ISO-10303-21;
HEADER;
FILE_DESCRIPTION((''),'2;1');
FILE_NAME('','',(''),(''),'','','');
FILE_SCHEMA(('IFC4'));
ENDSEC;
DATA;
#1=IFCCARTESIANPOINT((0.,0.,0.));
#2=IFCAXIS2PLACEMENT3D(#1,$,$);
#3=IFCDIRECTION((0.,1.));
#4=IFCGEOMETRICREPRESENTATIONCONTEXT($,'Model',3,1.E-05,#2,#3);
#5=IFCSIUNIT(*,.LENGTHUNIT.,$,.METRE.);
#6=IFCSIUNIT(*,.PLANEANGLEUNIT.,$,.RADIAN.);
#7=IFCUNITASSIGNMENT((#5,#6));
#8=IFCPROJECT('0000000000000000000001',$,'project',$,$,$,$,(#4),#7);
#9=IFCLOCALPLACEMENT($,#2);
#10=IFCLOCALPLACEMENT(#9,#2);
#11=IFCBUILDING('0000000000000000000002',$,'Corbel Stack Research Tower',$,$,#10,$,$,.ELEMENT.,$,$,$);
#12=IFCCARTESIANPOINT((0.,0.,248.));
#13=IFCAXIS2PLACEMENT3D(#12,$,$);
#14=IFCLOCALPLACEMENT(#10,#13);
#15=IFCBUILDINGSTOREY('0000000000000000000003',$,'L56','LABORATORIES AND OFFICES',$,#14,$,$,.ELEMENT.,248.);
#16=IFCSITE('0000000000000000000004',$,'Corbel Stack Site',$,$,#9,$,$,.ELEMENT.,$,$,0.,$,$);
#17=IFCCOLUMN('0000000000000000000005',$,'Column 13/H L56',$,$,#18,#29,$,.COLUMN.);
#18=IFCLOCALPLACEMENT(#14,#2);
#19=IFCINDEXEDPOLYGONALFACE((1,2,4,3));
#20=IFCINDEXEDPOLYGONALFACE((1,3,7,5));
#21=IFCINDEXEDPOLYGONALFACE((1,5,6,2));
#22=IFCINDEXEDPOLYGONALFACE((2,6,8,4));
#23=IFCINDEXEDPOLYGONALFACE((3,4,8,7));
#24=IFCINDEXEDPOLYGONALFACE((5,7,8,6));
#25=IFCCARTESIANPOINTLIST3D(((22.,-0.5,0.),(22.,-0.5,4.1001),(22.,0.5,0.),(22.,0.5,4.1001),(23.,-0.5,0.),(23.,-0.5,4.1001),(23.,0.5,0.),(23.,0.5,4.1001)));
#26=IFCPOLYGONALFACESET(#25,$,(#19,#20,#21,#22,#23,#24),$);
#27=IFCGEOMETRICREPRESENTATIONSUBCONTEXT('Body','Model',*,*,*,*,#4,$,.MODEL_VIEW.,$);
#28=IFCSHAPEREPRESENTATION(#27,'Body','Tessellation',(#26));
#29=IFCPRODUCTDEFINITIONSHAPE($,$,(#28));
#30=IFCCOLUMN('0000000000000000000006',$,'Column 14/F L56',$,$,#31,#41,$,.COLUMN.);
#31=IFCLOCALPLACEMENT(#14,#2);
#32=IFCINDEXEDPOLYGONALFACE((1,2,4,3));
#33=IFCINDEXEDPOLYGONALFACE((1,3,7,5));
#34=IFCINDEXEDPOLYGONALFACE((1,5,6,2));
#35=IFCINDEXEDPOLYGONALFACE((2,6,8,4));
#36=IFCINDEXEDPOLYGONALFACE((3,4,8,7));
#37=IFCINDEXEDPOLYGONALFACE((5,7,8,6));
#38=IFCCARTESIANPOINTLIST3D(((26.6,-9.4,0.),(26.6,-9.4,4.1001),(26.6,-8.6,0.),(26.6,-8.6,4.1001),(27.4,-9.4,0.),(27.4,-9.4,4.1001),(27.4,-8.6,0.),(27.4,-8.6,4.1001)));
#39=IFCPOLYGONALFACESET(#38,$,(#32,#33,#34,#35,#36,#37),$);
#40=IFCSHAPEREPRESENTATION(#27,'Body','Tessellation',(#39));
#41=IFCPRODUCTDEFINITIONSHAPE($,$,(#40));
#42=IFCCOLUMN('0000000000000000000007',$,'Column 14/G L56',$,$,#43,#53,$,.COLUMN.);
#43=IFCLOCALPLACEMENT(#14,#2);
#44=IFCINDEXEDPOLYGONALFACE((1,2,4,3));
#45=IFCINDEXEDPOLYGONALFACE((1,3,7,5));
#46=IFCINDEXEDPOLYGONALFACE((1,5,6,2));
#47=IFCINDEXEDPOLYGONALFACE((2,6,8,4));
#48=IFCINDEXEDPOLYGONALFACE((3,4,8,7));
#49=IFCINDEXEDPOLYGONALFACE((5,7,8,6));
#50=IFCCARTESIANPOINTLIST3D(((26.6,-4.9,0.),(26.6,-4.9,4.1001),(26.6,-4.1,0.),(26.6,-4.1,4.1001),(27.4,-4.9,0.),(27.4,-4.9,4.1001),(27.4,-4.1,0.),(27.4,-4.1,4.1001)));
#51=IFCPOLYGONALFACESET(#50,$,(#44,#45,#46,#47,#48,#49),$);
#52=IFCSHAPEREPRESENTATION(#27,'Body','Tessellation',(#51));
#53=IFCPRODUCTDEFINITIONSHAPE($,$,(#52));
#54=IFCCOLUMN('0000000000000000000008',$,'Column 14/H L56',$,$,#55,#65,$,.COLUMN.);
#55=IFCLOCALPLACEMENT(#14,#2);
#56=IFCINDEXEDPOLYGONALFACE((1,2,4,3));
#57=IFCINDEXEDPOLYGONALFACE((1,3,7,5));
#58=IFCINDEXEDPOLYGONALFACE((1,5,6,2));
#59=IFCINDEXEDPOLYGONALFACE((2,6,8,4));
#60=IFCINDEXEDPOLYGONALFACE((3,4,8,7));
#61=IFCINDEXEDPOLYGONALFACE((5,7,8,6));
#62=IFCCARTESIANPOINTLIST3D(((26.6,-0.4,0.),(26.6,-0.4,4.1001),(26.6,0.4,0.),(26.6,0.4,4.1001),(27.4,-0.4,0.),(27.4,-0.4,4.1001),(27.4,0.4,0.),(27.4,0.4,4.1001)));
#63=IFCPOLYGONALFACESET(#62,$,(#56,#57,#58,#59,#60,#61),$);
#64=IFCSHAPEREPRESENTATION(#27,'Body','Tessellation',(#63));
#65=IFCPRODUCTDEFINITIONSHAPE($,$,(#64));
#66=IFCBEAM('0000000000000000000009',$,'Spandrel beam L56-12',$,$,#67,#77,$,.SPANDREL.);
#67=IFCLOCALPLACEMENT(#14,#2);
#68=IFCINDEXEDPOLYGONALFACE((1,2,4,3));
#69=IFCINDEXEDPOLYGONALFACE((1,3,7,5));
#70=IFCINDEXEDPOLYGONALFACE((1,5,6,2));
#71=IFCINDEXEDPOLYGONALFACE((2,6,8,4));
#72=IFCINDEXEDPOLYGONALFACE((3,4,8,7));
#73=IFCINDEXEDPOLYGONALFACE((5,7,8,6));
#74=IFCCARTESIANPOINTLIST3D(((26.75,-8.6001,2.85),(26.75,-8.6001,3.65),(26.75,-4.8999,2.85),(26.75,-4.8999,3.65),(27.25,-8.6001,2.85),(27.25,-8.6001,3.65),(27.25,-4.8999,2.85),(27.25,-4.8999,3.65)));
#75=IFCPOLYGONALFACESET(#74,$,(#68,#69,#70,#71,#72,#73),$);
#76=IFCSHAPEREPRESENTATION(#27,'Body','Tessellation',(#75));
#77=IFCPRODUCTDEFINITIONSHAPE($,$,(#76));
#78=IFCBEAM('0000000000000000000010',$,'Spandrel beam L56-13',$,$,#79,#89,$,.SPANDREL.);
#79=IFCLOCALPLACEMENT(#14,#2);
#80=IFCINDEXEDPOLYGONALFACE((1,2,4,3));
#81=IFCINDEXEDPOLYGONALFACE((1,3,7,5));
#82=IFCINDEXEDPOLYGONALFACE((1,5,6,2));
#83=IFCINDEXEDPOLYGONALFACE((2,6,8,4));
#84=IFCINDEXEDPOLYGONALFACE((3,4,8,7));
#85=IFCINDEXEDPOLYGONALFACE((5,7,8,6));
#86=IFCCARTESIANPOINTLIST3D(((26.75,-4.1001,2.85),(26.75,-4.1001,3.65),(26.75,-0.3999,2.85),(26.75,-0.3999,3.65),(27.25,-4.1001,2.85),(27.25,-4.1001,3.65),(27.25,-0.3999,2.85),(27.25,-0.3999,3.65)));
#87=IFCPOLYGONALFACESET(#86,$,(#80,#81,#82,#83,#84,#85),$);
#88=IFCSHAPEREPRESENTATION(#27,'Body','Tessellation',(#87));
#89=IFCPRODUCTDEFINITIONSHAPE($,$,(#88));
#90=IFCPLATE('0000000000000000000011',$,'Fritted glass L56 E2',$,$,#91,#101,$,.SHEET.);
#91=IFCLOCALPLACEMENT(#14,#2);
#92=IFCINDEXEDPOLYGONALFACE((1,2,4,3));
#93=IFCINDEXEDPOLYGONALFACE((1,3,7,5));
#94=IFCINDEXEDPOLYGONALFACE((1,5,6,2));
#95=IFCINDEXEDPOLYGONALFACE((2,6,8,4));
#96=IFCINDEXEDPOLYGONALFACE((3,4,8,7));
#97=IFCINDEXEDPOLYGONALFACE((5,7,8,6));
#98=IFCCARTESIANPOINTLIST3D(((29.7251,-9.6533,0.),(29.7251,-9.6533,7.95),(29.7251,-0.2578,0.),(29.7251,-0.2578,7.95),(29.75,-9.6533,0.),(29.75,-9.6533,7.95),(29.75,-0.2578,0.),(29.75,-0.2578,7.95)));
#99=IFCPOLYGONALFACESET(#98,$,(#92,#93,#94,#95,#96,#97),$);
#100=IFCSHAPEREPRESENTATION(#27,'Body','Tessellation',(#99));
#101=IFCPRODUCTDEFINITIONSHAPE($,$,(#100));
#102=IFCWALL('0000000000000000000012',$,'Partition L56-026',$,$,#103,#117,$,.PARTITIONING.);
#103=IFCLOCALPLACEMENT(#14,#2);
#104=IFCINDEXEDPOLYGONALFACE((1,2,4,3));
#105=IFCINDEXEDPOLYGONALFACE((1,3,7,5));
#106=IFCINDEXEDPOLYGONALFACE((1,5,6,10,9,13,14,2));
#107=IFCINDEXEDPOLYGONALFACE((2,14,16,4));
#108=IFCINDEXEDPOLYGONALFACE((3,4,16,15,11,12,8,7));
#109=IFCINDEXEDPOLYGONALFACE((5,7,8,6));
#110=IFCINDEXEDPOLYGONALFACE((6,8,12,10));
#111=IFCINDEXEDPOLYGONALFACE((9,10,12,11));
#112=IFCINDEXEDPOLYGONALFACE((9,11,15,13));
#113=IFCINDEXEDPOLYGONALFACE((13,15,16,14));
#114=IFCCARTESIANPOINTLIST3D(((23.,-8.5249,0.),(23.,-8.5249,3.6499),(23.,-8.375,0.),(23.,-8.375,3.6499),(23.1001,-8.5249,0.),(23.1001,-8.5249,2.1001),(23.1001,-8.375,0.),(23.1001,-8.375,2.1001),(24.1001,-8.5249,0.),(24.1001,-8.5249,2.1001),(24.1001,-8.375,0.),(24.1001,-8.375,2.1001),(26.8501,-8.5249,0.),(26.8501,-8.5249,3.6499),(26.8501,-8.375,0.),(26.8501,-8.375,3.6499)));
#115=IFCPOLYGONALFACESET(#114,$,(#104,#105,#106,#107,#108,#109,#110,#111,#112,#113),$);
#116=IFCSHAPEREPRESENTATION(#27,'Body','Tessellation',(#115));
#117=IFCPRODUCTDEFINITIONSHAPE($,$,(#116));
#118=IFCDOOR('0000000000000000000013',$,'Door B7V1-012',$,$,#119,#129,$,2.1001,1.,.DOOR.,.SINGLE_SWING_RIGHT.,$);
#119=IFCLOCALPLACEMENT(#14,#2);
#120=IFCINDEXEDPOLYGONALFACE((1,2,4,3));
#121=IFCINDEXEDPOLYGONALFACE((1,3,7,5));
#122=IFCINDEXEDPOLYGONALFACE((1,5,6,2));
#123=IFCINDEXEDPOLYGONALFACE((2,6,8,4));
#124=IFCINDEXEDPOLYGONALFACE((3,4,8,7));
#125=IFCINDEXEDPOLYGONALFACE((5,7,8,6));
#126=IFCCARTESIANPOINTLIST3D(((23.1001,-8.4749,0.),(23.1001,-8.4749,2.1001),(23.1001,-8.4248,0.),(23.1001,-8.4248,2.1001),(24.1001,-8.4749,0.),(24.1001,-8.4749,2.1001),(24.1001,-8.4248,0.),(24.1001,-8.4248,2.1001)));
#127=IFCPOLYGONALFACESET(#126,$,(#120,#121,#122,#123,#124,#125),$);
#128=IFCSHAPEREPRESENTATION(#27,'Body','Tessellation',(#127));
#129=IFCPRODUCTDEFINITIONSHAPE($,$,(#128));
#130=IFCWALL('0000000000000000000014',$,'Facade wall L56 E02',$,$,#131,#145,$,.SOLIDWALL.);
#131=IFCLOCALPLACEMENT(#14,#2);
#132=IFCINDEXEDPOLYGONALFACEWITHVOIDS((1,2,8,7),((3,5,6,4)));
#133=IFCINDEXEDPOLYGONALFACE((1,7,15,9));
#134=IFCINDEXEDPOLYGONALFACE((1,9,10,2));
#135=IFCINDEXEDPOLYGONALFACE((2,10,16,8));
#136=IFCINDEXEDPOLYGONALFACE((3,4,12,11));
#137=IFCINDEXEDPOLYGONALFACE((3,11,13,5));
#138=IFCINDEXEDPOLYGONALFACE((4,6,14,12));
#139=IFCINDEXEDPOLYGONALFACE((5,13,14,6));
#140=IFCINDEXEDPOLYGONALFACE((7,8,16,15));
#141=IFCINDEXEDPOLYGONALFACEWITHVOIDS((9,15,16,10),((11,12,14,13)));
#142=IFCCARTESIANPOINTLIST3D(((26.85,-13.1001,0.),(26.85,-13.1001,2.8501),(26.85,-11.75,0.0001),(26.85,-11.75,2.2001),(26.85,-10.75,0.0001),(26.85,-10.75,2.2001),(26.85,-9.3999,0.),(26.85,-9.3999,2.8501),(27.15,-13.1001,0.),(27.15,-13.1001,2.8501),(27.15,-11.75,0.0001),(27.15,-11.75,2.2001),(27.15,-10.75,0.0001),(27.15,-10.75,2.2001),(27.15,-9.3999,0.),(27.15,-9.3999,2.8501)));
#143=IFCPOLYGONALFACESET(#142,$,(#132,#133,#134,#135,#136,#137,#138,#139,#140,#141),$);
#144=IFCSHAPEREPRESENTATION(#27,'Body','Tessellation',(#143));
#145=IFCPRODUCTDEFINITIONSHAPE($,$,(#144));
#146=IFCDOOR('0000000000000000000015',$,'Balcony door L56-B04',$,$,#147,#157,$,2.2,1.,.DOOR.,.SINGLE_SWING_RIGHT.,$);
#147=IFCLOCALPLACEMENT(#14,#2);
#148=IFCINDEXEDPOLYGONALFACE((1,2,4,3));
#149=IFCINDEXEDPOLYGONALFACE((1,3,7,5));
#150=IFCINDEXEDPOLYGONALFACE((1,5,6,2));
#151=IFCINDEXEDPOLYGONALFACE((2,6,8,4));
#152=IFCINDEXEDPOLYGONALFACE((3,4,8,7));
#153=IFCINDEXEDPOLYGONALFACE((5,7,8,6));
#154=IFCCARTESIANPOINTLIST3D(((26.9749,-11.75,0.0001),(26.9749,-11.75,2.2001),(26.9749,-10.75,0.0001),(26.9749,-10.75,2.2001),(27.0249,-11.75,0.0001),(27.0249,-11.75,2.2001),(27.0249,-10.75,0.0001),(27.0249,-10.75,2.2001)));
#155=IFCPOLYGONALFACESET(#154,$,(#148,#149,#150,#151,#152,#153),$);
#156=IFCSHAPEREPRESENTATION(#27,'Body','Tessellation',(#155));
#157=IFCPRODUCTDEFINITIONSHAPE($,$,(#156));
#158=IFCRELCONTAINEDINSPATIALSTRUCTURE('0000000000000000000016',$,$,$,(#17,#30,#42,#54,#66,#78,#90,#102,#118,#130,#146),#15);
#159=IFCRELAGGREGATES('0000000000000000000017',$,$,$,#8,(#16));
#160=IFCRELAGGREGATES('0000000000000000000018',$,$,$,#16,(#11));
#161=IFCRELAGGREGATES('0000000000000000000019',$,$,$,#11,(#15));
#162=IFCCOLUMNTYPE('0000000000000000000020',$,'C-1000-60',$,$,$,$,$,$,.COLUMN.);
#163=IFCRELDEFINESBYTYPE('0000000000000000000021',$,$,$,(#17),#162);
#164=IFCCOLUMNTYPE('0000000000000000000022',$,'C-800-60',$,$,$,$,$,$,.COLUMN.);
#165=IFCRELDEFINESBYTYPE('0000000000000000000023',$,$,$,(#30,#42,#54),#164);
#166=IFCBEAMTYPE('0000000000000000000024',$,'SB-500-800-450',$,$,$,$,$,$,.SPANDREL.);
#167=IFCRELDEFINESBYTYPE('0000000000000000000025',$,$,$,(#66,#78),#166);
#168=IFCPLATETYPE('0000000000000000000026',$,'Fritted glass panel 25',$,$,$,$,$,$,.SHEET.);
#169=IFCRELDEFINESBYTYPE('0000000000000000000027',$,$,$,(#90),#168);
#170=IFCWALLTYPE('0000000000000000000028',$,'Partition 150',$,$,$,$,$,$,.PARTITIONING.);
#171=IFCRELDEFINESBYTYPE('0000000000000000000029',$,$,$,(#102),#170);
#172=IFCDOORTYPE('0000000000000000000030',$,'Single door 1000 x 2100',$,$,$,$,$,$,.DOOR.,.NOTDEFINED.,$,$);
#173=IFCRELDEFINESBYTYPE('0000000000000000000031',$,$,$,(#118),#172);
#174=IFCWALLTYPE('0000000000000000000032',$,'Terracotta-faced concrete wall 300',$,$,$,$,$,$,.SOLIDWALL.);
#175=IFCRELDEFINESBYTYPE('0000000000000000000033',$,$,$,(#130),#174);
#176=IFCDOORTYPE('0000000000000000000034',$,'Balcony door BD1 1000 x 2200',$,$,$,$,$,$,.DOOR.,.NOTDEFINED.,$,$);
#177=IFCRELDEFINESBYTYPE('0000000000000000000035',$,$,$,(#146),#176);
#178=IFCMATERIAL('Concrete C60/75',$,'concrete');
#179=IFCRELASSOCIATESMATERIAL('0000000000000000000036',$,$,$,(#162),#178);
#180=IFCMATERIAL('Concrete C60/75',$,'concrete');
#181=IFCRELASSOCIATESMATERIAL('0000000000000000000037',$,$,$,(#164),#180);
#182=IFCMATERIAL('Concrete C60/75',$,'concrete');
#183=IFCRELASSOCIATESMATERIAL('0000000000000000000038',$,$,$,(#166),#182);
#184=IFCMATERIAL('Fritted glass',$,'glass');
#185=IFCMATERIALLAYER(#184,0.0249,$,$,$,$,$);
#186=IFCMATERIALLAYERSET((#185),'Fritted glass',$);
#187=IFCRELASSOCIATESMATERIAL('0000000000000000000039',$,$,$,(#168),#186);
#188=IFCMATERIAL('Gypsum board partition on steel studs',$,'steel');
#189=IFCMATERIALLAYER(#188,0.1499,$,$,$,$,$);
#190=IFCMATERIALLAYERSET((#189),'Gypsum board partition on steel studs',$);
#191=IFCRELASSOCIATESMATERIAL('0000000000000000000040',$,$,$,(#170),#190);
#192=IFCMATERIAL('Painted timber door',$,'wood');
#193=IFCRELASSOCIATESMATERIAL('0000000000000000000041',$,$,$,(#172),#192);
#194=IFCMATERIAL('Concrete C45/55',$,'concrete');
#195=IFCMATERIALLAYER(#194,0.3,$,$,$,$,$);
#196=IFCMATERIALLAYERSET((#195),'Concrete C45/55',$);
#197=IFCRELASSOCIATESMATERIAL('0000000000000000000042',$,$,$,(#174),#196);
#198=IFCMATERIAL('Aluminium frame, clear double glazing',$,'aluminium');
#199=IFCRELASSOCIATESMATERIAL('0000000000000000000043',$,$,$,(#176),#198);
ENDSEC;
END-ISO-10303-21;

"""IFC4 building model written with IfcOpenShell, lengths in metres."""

from ifc_helpers import new_model, si_unit, direction, frame, frame_2d, origin, origin_2d, place, context, subcontext, project, spatial, rectangle, extrude, material, layer, layer_set, material_profile, profile_set, type_object, element, fill, save


model = new_model("IFC4")

# Units and contexts
model_context = context("Model", 3, precision=1e-05, world=origin(), true_north=direction((0.0, 1.0)))
body_context = subcontext(model_context, "Body", "Model", "MODEL_VIEW")
ifc_project = project(units=[si_unit("LENGTHUNIT", "METRE"), si_unit("PLANEANGLEUNIT", "RADIAN")], contexts=[model_context])

# Site, building, storey
site_placement = place(None, origin())
site = spatial("IfcSite", under=ifc_project, at=site_placement, Name="Corbel Stack Site", CompositionType="ELEMENT", RefElevation=0.0)
building_placement = place(site_placement, origin())
building = spatial("IfcBuilding", under=site, at=building_placement, Name="Corbel Stack Research Tower", CompositionType="ELEMENT")
storey_placement = place(building_placement, frame((0.0, 0.0, 248.0)))
storey = spatial("IfcBuildingStorey", under=building, at=storey_placement, Name="L56", Description="LABORATORIES AND OFFICES", CompositionType="ELEMENT", Elevation=248.0)

# Columns
ifc_material_1 = material(Name="Concrete C60/75", Category="concrete")
ifc_material_profile_1 = material_profile(ifc_material_1, rectangle(XDim=1.0, YDim=1.0, at=origin_2d()), Name="RC 1000 x 1000")
ifc_profile_set_1 = profile_set([ifc_material_profile_1], Name="Concrete C60/75")
column_type_1 = type_object("IfcColumnType", Name="C-1000-60", PredefinedType="COLUMN", material=ifc_profile_set_1)
column_placement = place(storey_placement, frame((22.5, 0.0, 0.0), z_axis=(0.0, 0.0, 1.0), x_axis=(1.0, 0.0, 0.0)))
element("IfcColumn", 1, at=column_placement, inside=storey, type_object=column_type_1, Name="Column 13/H L56", PredefinedType="COLUMN", context=body_context, shape_type="SweptSolid", body=[
    extrude(rectangle(XDim=1.0, YDim=1.0, at=origin_2d()), origin(), (0.0, 0.0, 1.0), 4.1001),
])
ifc_material_2 = material(Name="Concrete C60/75", Category="concrete")
ifc_material_profile_2 = material_profile(ifc_material_2, rectangle(XDim=0.8, YDim=0.8, at=origin_2d()), Name="RC 800 x 800")
ifc_profile_set_2 = profile_set([ifc_material_profile_2], Name="Concrete C60/75")
column_type_2 = type_object("IfcColumnType", Name="C-800-60", PredefinedType="COLUMN", material=ifc_profile_set_2)
for number, where, z_axis, x_axis, name in (
    (2, (27.0, -9.0, 0.0), (0.0, 0.0, 1.0), (1.0, 0.0, 0.0), "Column 14/F L56"),
    (3, (27.0, -4.5, 0.0), (0.0, 0.0, 1.0), (1.0, 0.0, 0.0), "Column 14/G L56"),
    (4, (27.0, 0.0, 0.0), (0.0, 0.0, 1.0), (1.0, 0.0, 0.0), "Column 14/H L56"),
):
    element("IfcColumn", number, at=place(storey_placement, frame(where, z_axis=z_axis, x_axis=x_axis)), inside=storey, type_object=column_type_2, Name=name, PredefinedType="COLUMN", context=body_context, shape_type="SweptSolid", body=[
        extrude(rectangle(XDim=0.8, YDim=0.8, at=origin_2d()), origin(), (0.0, 0.0, 1.0), 4.1001),
    ])

# Beams
ifc_material_3 = material(Name="Concrete C60/75", Category="concrete")
ifc_material_profile_3 = material_profile(ifc_material_3, rectangle(XDim=0.5, YDim=0.8, at=origin_2d()), Name="RC 500 x 800")
ifc_profile_set_3 = profile_set([ifc_material_profile_3], Name="Concrete C60/75")
beam_type = type_object("IfcBeamType", Name="SB-500-800-450", PredefinedType="SPANDREL", material=ifc_profile_set_3)
for number, where, z_axis, x_axis, name in (
    (5, (27.0, -8.6001, 3.25), (0.0, 1.0, 0.0), (-1.0, 0.0, 0.0), "Spandrel beam L56-12"),
    (6, (27.0, -4.1001, 3.25), (0.0, 1.0, 0.0), (-1.0, 0.0, 0.0), "Spandrel beam L56-13"),
):
    element("IfcBeam", number, at=place(storey_placement, frame(where, z_axis=z_axis, x_axis=x_axis)), inside=storey, type_object=beam_type, Name=name, PredefinedType="SPANDREL", context=body_context, shape_type="SweptSolid", body=[
        extrude(rectangle(XDim=0.5, YDim=0.8, at=origin_2d()), origin(), (0.0, 0.0, 1.0), 3.7002),
    ])

# Plate
ifc_material_4 = material(Name="Fritted glass", Category="glass")
ifc_layer_1 = layer(ifc_material_4, 0.0249)
ifc_layer_set_1 = layer_set([ifc_layer_1], Name="Fritted glass")
plate_type = type_object("IfcPlateType", Name="Fritted glass panel 25", PredefinedType="SHEET", material=ifc_layer_set_1)
plate_placement = place(storey_placement, frame((29.7375, -4.9556, 0.0), z_axis=(0.0, 0.0, 1.0), x_axis=(0.0, 1.0, 0.0)))
element("IfcPlate", 7, at=plate_placement, inside=storey, type_object=plate_type, Name="Fritted glass L56 E2", PredefinedType="SHEET", context=body_context, shape_type="SweptSolid", body=[
    extrude(rectangle(XDim=9.3955, YDim=0.0249, at=origin_2d()), origin(), (0.0, 0.0, 1.0), 7.95),
])

# Walls, openings, doors
ifc_material_5 = material(Name="Gypsum board partition on steel studs", Category="steel")
ifc_layer_2 = layer(ifc_material_5, 0.1499)
ifc_layer_set_2 = layer_set([ifc_layer_2], Name="Gypsum board partition on steel studs")
wall_type_1 = type_object("IfcWallType", Name="Partition 150", PredefinedType="PARTITIONING", material=ifc_layer_set_2)
wall_1_placement = place(storey_placement, frame((26.8501, -8.45, 0.0), z_axis=(0.0, 0.0, 1.0), x_axis=(-1.0, 0.0, 0.0)))
wall_1 = element("IfcWall", 8, at=wall_1_placement, inside=storey, type_object=wall_type_1, Name="Partition L56-026", PredefinedType="PARTITIONING", context=body_context, shape_type="SweptSolid", body=[
    extrude(rectangle(XDim=3.8501, YDim=0.1499, at=frame_2d((1.925, 0.0))), origin(), (0.0, 0.0, 1.0), 3.6499),
])
opening_1_placement = place(wall_1_placement, frame((2.75, 0.0, 0.0)))
opening_1 = element("IfcOpeningElement", 9, at=opening_1_placement, cuts=wall_1, PredefinedType="OPENING", context=body_context, shape_type="SweptSolid", body=[
    extrude(rectangle(XDim=1.0, YDim=2.1001, at=frame_2d((0.5, 1.05))), frame((0.0, 0.085, 0.0), z_axis=(0.0, -1.0, 0.0), x_axis=(1.0, 0.0, 0.0)), (0.0, 0.0, 1.0), 0.1699),
])
ifc_material_6 = material(Name="Painted timber door", Category="wood")
door_type_1 = type_object("IfcDoorType", Name="Single door 1000 x 2100", OperationType="NOTDEFINED", PredefinedType="DOOR", material=ifc_material_6)
door_1_placement = place(opening_1_placement, origin())
door_1 = element("IfcDoor", 10, at=door_1_placement, inside=storey, type_object=door_type_1, Name="Door B7V1-012", OperationType="SINGLE_SWING_RIGHT", OverallHeight=2.1001, OverallWidth=1.0, PredefinedType="DOOR", context=body_context, shape_type="SweptSolid", body=[
    extrude(rectangle(XDim=1.0, YDim=2.1001, at=frame_2d((0.5, 1.05))), frame((0.0, 0.0249, 0.0), z_axis=(0.0, -1.0, 0.0), x_axis=(1.0, 0.0, 0.0)), (0.0, 0.0, 1.0), 0.05),
])
fill(opening_1, door_1)
ifc_material_7 = material(Name="Concrete C45/55", Category="concrete")
ifc_layer_3 = layer(ifc_material_7, 0.3)
ifc_layer_set_3 = layer_set([ifc_layer_3], Name="Concrete C45/55")
wall_type_2 = type_object("IfcWallType", Name="Terracotta-faced concrete wall 300", PredefinedType="SOLIDWALL", material=ifc_layer_set_3)
wall_2_placement = place(storey_placement, frame((27.0, -9.3999, 0.0), z_axis=(0.0, 0.0, 1.0), x_axis=(0.0, -1.0, 0.0)))
wall_2 = element("IfcWall", 11, at=wall_2_placement, inside=storey, type_object=wall_type_2, Name="Facade wall L56 E02", PredefinedType="SOLIDWALL", context=body_context, shape_type="SweptSolid", body=[
    extrude(rectangle(XDim=3.7002, YDim=0.3, at=frame_2d((1.8501, 0.0))), origin(), (0.0, 0.0, 1.0), 2.8501),
])
opening_2_placement = place(wall_2_placement, frame((1.3501, 0.0, 0.0)))
opening_2 = element("IfcOpeningElement", 12, at=opening_2_placement, cuts=wall_2, PredefinedType="OPENING", context=body_context, shape_type="SweptSolid", body=[
    extrude(rectangle(XDim=1.0, YDim=2.2, at=frame_2d((0.5, 1.1001))), frame((0.0, 0.1599, 0.0), z_axis=(0.0, -1.0, 0.0), x_axis=(1.0, 0.0, 0.0)), (0.0, 0.0, 1.0), 0.3201),
])
ifc_material_8 = material(Name="Aluminium frame, clear double glazing", Category="aluminium")
door_type_2 = type_object("IfcDoorType", Name="Balcony door BD1 1000 x 2200", OperationType="NOTDEFINED", PredefinedType="DOOR", material=ifc_material_8)
door_2_placement = place(opening_2_placement, origin())
door_2 = element("IfcDoor", 13, at=door_2_placement, inside=storey, type_object=door_type_2, Name="Balcony door L56-B04", OperationType="SINGLE_SWING_RIGHT", OverallHeight=2.2, OverallWidth=1.0, PredefinedType="DOOR", context=body_context, shape_type="SweptSolid", body=[
    extrude(rectangle(XDim=1.0, YDim=2.2, at=frame_2d((0.5, 1.1001))), frame((0.0, 0.0249, 0.0), z_axis=(0.0, -1.0, 0.0), x_axis=(1.0, 0.0, 0.0)), (0.0, 0.0, 1.0), 0.05),
])
fill(opening_2, door_2)

save(model, "model.ifc")
